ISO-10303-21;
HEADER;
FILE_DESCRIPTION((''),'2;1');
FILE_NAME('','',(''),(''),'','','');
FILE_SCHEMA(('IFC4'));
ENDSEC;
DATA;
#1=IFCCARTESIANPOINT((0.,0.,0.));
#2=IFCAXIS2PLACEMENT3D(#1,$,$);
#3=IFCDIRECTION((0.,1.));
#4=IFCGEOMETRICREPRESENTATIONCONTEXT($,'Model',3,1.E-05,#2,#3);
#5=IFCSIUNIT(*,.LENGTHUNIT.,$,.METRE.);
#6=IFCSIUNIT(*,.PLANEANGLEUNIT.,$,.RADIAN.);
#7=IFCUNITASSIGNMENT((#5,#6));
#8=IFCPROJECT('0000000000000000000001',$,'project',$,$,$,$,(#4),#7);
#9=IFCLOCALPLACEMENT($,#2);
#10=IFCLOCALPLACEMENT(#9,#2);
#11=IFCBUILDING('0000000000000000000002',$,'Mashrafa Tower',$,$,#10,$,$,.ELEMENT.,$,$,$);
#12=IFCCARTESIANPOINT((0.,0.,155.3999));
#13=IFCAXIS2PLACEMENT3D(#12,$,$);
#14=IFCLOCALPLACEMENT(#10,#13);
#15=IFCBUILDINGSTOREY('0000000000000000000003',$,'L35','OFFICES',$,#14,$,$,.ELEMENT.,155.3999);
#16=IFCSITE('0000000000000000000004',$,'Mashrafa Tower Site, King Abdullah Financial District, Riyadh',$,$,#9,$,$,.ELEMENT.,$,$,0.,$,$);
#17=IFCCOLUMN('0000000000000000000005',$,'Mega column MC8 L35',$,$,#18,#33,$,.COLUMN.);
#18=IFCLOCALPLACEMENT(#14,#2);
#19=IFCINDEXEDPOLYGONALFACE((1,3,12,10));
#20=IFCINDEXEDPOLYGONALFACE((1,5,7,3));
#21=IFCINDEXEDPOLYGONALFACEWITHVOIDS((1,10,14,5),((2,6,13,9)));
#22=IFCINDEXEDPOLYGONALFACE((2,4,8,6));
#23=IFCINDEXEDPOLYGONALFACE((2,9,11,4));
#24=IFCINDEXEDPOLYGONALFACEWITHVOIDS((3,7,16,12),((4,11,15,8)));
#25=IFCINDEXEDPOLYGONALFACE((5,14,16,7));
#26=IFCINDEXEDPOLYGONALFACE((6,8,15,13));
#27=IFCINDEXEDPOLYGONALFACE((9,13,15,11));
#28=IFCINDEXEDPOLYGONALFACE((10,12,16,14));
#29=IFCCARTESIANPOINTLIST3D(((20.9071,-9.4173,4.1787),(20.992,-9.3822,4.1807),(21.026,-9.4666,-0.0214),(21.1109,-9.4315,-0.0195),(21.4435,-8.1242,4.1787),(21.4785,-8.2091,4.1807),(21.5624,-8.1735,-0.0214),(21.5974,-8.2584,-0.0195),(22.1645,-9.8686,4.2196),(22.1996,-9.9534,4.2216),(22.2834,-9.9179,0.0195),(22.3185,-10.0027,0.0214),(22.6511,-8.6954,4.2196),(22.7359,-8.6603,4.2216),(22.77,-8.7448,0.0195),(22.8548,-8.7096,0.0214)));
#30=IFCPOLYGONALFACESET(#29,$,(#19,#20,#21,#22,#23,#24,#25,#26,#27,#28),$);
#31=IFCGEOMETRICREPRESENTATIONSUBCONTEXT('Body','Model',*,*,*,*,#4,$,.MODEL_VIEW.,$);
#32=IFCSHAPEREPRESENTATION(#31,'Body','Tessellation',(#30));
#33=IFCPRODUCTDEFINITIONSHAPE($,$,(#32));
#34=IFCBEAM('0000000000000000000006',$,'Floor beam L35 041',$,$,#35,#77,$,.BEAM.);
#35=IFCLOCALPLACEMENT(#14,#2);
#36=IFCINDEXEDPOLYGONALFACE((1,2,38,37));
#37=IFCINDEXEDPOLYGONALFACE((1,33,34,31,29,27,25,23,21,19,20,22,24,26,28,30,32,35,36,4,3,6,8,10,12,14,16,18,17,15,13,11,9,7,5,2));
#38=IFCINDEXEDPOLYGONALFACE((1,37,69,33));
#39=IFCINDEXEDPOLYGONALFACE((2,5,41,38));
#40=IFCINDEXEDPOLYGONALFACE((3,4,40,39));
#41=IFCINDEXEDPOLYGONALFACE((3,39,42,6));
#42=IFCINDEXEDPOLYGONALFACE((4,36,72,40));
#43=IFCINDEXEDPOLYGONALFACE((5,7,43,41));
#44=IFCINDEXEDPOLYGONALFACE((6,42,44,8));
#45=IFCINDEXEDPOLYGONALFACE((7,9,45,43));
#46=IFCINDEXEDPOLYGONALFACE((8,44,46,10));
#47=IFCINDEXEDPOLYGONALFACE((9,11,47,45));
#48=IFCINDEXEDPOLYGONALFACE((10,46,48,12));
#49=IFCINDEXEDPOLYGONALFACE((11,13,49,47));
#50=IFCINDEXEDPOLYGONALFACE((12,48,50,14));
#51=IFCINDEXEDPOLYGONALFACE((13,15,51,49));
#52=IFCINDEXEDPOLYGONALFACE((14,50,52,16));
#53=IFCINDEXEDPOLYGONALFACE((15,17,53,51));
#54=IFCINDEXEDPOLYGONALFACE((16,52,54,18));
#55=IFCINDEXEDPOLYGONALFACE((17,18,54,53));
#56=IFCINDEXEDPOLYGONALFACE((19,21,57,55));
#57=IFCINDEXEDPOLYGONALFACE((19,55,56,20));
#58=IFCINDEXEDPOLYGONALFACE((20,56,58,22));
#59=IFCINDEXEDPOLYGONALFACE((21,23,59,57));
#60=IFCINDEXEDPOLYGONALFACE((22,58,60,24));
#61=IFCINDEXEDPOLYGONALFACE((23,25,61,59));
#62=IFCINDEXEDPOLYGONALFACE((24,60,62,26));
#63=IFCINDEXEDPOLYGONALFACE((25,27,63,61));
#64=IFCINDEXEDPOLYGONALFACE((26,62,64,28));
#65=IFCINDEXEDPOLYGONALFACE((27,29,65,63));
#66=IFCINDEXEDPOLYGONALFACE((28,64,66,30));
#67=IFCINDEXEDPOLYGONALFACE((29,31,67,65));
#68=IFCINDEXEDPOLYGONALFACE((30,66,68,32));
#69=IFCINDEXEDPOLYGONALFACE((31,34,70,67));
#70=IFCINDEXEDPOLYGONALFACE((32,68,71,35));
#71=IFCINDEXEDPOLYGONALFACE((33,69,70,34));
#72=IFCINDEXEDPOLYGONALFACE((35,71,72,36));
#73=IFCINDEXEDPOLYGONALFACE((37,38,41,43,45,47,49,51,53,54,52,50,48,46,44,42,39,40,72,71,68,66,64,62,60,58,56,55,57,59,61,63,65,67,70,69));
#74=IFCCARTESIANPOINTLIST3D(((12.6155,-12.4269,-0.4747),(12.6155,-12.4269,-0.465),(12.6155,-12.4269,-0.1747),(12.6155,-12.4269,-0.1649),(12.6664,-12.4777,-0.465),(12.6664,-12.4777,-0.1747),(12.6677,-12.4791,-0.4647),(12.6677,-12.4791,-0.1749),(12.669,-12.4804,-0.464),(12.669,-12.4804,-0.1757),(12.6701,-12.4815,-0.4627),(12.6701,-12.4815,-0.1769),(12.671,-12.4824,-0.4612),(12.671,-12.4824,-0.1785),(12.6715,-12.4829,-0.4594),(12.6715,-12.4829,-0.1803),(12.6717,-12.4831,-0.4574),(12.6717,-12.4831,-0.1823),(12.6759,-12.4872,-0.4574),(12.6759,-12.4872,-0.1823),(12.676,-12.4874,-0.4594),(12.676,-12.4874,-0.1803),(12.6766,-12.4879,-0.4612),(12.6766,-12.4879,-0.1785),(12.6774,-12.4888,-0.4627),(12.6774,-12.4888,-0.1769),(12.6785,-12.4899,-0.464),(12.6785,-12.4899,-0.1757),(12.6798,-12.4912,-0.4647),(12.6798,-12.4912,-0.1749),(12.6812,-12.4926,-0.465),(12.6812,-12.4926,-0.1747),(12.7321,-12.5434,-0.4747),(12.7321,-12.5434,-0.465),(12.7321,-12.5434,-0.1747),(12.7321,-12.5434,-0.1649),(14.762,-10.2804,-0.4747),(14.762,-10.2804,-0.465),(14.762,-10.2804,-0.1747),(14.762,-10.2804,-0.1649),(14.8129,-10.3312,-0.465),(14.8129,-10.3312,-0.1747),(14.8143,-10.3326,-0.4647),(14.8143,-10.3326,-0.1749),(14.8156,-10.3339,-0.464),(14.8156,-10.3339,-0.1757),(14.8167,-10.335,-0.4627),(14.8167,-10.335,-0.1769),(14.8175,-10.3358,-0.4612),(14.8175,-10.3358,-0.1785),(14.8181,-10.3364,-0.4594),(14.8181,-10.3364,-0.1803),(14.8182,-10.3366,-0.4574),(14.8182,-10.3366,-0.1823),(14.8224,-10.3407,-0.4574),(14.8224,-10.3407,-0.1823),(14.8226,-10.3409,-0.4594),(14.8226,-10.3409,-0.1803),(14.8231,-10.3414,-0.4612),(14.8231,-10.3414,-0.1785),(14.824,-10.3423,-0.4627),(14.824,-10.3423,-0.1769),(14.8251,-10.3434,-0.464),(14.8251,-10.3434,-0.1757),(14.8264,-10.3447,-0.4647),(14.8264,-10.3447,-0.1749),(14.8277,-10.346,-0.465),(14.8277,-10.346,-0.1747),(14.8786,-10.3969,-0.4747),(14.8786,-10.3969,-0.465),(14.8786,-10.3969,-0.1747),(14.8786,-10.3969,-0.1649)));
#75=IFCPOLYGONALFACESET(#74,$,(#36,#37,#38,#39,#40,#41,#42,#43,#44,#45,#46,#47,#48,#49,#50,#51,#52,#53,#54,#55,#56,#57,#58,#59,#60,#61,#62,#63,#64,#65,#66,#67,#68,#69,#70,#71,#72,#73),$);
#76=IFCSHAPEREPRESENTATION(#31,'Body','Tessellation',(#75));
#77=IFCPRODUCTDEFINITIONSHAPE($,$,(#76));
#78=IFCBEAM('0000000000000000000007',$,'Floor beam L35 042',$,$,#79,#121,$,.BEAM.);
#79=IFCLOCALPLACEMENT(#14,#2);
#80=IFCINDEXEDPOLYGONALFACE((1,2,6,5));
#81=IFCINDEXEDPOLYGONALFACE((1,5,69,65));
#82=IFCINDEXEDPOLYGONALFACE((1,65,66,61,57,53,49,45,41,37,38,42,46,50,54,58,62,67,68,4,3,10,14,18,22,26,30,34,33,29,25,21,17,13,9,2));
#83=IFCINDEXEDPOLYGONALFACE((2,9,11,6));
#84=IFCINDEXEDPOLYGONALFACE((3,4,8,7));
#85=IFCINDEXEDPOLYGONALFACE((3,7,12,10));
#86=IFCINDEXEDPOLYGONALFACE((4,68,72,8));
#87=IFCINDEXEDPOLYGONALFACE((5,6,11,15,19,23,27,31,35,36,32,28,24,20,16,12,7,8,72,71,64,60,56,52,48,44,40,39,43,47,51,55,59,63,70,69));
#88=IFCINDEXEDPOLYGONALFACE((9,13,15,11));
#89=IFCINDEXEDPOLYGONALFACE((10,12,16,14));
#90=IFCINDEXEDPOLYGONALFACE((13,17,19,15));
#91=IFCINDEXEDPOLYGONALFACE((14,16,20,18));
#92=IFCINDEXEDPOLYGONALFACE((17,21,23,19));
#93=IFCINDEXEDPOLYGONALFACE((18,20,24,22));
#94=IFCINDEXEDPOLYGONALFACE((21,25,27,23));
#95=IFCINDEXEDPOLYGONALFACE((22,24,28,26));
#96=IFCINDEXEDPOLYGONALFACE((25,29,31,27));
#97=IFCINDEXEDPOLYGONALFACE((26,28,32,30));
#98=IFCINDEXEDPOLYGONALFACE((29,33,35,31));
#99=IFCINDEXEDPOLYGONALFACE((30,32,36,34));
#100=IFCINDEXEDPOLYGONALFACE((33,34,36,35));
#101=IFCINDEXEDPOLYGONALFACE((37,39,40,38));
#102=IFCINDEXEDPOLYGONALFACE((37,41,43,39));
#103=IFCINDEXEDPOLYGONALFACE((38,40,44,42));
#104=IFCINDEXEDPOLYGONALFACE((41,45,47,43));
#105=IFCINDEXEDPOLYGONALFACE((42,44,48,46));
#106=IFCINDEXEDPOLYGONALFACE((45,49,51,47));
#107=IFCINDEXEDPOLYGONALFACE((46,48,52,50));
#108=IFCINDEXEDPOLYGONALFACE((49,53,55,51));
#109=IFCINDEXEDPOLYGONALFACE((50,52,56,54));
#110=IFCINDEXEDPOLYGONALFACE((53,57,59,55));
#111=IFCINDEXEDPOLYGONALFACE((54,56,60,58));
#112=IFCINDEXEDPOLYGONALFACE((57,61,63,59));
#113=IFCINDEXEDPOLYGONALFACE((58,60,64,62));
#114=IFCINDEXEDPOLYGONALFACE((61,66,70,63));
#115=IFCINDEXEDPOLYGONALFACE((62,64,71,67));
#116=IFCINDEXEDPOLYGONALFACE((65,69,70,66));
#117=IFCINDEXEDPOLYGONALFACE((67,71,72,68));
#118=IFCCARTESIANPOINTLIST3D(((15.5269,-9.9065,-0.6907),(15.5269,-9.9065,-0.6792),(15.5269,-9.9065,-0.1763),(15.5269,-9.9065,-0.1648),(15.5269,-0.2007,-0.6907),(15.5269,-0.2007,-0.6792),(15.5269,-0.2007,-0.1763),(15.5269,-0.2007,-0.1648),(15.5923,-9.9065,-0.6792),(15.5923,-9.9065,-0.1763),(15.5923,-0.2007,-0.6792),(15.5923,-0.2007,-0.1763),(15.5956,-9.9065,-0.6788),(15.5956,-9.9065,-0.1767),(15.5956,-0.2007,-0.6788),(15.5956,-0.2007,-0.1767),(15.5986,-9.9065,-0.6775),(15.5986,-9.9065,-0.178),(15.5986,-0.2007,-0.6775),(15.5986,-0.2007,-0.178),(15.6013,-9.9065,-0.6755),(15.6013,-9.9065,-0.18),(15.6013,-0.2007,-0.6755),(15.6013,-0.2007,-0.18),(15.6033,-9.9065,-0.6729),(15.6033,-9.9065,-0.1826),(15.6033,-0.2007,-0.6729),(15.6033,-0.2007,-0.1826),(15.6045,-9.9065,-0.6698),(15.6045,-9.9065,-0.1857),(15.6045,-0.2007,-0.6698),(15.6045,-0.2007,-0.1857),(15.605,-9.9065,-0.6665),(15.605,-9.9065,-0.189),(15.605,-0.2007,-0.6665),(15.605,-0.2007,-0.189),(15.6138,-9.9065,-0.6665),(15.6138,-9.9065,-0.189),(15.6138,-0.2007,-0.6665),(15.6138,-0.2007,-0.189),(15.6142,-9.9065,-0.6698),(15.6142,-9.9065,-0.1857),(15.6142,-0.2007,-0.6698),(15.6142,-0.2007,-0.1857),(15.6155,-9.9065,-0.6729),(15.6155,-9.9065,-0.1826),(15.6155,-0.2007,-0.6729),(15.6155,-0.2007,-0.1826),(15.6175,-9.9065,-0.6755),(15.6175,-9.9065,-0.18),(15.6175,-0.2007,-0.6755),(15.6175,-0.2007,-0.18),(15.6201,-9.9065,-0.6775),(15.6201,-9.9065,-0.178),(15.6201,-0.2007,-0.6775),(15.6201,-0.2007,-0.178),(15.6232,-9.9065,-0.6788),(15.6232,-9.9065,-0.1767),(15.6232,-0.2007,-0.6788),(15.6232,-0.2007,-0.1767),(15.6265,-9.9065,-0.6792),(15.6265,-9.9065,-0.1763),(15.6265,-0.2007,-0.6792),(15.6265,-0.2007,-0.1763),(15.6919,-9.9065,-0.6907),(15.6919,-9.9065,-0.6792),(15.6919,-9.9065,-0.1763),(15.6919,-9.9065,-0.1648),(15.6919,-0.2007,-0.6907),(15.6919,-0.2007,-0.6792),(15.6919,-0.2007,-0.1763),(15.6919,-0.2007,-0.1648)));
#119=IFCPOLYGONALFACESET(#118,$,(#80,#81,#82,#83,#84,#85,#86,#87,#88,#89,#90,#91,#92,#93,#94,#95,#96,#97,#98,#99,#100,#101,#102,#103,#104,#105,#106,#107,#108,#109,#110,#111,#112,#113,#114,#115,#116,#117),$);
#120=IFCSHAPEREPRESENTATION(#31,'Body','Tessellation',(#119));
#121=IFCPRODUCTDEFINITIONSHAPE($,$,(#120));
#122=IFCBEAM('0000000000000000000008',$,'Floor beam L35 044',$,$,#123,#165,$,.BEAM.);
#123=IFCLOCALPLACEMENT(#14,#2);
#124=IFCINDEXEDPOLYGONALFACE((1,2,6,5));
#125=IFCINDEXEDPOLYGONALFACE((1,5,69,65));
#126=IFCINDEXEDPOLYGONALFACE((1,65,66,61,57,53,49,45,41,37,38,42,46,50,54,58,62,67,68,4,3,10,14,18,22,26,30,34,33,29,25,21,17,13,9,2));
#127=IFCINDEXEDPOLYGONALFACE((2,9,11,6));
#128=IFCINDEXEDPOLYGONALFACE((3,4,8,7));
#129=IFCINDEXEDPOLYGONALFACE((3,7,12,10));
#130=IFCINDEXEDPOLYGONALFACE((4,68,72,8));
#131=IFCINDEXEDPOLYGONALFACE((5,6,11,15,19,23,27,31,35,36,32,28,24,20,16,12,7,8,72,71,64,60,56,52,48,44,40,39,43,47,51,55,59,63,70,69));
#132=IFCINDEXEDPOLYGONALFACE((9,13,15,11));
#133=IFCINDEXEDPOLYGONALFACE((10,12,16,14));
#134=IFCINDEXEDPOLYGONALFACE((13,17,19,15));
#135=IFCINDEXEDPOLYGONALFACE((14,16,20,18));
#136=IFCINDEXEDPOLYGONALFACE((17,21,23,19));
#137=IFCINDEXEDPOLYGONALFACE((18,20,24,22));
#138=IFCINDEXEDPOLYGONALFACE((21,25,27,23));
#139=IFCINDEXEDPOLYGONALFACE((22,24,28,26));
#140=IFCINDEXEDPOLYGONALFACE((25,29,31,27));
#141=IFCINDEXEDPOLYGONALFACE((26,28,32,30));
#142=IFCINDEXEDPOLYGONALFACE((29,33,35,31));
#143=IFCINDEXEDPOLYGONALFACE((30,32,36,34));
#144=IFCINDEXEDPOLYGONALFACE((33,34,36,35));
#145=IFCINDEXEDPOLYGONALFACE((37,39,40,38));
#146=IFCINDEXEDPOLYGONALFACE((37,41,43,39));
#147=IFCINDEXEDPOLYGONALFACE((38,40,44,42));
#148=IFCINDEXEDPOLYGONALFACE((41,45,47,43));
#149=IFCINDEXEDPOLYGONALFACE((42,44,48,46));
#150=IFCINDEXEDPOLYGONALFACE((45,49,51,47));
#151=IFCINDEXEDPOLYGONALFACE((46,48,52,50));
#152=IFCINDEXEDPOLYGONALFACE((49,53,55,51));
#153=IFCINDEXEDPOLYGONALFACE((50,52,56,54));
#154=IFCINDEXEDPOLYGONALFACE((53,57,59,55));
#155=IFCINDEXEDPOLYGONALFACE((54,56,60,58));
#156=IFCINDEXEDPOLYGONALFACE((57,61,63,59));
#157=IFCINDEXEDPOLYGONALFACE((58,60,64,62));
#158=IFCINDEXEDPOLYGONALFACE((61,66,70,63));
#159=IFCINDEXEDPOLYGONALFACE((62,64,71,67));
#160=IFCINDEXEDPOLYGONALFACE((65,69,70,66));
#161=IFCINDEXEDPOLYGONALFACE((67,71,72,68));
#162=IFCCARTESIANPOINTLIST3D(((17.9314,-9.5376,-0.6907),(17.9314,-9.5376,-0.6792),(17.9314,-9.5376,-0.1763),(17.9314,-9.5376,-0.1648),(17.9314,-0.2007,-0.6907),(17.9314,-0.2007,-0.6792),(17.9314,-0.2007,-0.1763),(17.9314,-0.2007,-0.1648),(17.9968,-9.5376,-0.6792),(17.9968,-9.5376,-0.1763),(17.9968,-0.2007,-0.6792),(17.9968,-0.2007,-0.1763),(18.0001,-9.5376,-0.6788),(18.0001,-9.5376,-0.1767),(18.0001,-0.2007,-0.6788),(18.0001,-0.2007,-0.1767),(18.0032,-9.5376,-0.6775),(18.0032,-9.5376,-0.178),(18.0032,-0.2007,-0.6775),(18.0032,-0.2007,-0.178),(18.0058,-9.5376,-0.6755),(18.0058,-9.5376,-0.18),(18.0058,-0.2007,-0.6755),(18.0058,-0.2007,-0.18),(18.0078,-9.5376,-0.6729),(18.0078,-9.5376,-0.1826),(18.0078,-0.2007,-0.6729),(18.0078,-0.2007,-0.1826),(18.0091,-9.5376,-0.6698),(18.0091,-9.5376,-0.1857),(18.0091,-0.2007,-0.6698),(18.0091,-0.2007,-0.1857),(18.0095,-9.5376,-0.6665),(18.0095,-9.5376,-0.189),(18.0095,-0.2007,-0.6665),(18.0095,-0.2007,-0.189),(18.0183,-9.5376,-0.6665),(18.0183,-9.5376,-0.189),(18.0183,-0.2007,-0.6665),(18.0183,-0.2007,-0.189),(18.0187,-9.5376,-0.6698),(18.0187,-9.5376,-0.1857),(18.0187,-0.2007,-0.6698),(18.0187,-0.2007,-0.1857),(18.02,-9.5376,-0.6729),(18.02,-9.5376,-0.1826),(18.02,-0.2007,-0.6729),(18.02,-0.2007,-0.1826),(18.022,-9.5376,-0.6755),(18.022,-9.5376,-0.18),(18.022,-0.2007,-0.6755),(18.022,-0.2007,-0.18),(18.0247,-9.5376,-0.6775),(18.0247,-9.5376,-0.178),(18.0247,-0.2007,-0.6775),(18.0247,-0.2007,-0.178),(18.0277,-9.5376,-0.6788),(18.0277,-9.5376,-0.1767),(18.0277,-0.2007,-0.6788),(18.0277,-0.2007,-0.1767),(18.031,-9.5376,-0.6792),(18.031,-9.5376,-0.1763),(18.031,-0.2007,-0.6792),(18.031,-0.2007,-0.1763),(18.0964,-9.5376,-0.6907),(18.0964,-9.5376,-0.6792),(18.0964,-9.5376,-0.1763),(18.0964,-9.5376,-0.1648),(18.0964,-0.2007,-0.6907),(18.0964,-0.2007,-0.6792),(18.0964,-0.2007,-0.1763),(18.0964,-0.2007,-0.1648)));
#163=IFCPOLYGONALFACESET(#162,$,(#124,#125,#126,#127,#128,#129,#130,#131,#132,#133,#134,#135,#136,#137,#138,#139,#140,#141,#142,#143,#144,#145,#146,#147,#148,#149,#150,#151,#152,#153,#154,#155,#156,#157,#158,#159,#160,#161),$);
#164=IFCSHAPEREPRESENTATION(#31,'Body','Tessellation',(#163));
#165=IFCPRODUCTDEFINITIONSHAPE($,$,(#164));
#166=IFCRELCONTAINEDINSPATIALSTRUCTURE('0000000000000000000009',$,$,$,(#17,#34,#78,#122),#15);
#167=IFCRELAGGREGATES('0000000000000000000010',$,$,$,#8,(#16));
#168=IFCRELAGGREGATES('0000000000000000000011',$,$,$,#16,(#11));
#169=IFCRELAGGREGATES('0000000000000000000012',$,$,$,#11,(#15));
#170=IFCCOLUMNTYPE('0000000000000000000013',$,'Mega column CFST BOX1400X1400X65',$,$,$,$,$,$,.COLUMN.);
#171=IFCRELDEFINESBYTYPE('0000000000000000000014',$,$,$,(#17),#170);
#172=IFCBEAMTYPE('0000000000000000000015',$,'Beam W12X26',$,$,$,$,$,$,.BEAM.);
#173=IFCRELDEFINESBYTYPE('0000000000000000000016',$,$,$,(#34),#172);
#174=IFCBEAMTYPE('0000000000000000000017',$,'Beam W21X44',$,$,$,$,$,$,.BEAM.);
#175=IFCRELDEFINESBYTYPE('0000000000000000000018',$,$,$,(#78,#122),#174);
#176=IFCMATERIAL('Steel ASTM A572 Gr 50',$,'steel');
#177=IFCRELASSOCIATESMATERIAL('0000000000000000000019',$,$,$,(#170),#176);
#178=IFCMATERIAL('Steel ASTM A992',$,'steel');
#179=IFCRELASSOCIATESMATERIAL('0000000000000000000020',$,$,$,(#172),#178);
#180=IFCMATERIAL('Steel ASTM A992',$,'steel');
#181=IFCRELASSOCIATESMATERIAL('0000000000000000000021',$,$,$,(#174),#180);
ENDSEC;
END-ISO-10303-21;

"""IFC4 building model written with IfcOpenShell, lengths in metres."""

from ifc_helpers import new_model, si_unit, direction, frame, origin, origin_2d, place, context, subcontext, project, spatial, hollow_rectangle, i_section, extrude, material, material_profile, profile_set, type_object, element, save


model = new_model("IFC4")

# Units and contexts
model_context = context("Model", 3, precision=1e-05, world=origin(), true_north=direction((0.0, 1.0)))
body_context = subcontext(model_context, "Body", "Model", "MODEL_VIEW")
ifc_project = project(units=[si_unit("LENGTHUNIT", "METRE"), si_unit("PLANEANGLEUNIT", "RADIAN")], contexts=[model_context])

# Site, building, storey
site_placement = place(None, origin())
site = spatial("IfcSite", under=ifc_project, at=site_placement, Name="Mashrafa Tower Site, King Abdullah Financial District, Riyadh", CompositionType="ELEMENT", RefElevation=0.0)
building_placement = place(site_placement, origin())
building = spatial("IfcBuilding", under=site, at=building_placement, Name="Mashrafa Tower", CompositionType="ELEMENT")
storey_placement = place(building_placement, frame((0.0, 0.0, 155.3999)))
storey = spatial("IfcBuildingStorey", under=building, at=storey_placement, Name="L35", Description="OFFICES", CompositionType="ELEMENT", Elevation=155.3999)

# Column
ifc_material_1 = material(Name="Steel ASTM A572 Gr 50", Category="steel")
ifc_material_profile_1 = material_profile(ifc_material_1, hollow_rectangle(XDim=1.3999, YDim=1.3999, WallThickness=0.0649, at=origin_2d()), Name="BOX1400X1400X65")
ifc_profile_set_1 = profile_set([ifc_material_profile_1], Name="Steel ASTM A572 Gr 50")
column_type = type_object("IfcColumnType", Name="Mega column CFST BOX1400X1400X65", PredefinedType="COLUMN", material=ifc_profile_set_1)
column_placement = place(storey_placement, frame((21.9404, -9.0881, 0.0), z_axis=(-0.028294, 0.011736, 0.999531), x_axis=(-0.383133, -0.923693, 0.0)))
element("IfcColumn", 1, at=column_placement, inside=storey, type_object=column_type, Name="Mega column MC8 L35", PredefinedType="COLUMN", context=body_context, shape_type="SweptSolid", body=[
    extrude(hollow_rectangle(XDim=1.3999, YDim=1.3999, WallThickness=0.0649, at=origin_2d()), origin(), (0.0, 0.0, 1.0), 4.2021),
])

# Beams
ifc_material_2 = material(Name="Steel ASTM A992", Category="steel")
ifc_material_profile_2 = material_profile(ifc_material_2, i_section(OverallWidth=0.1648, OverallDepth=0.3098, WebThickness=0.0059, FlangeThickness=0.0098, FilletRadius=0.0076, at=origin_2d()), Name="W12X26")
ifc_profile_set_2 = profile_set([ifc_material_profile_2], Name="Steel ASTM A992")
beam_type_1 = type_object("IfcBeamType", Name="Beam W12X26", PredefinedType="BEAM", material=ifc_profile_set_2)
beam_1_placement = place(storey_placement, frame((14.8203, -10.3386, -0.3198), z_axis=(-0.707107, -0.707107, 0.0), x_axis=(0.707107, -0.707107, 0.0)))
element("IfcBeam", 2, at=beam_1_placement, inside=storey, type_object=beam_type_1, Name="Floor beam L35 041", PredefinedType="BEAM", context=body_context, shape_type="SweptSolid", body=[
    extrude(i_section(OverallWidth=0.1648, OverallDepth=0.3098, WebThickness=0.0059, FlangeThickness=0.0098, FilletRadius=0.0076, at=origin_2d()), origin(), (0.0, 0.0, 1.0), 3.0356),
])
ifc_material_3 = material(Name="Steel ASTM A992", Category="steel")
ifc_material_profile_3 = material_profile(ifc_material_3, i_section(OverallWidth=0.165, OverallDepth=0.5259, WebThickness=0.0088, FlangeThickness=0.0115, FilletRadius=0.0127, at=origin_2d()), Name="W21X44")
ifc_profile_set_3 = profile_set([ifc_material_profile_3], Name="Steel ASTM A992")
beam_type_2 = type_object("IfcBeamType", Name="Beam W21X44", PredefinedType="BEAM", material=ifc_profile_set_3)
beam_2_placement = place(storey_placement, frame((15.6094, -0.2007, -0.4277), z_axis=(0.0, -1.0, 0.0), x_axis=(1.0, 0.0, 0.0)))
element("IfcBeam", 3, at=beam_2_placement, inside=storey, type_object=beam_type_2, Name="Floor beam L35 042", PredefinedType="BEAM", context=body_context, shape_type="SweptSolid", body=[
    extrude(i_section(OverallWidth=0.165, OverallDepth=0.5259, WebThickness=0.0088, FlangeThickness=0.0115, FilletRadius=0.0127, at=origin_2d()), origin(), (0.0, 0.0, 1.0), 9.7058),
])
beam_3_placement = place(storey_placement, frame((18.0139, -0.2007, -0.4277), z_axis=(0.0, -1.0, 0.0), x_axis=(1.0, 0.0, 0.0)))
element("IfcBeam", 4, at=beam_3_placement, inside=storey, type_object=beam_type_2, Name="Floor beam L35 044", PredefinedType="BEAM", context=body_context, shape_type="SweptSolid", body=[
    extrude(i_section(OverallWidth=0.165, OverallDepth=0.5259, WebThickness=0.0088, FlangeThickness=0.0115, FilletRadius=0.0127, at=origin_2d()), origin(), (0.0, 0.0, 1.0), 9.3369),
])

save(model, "model.ifc")
